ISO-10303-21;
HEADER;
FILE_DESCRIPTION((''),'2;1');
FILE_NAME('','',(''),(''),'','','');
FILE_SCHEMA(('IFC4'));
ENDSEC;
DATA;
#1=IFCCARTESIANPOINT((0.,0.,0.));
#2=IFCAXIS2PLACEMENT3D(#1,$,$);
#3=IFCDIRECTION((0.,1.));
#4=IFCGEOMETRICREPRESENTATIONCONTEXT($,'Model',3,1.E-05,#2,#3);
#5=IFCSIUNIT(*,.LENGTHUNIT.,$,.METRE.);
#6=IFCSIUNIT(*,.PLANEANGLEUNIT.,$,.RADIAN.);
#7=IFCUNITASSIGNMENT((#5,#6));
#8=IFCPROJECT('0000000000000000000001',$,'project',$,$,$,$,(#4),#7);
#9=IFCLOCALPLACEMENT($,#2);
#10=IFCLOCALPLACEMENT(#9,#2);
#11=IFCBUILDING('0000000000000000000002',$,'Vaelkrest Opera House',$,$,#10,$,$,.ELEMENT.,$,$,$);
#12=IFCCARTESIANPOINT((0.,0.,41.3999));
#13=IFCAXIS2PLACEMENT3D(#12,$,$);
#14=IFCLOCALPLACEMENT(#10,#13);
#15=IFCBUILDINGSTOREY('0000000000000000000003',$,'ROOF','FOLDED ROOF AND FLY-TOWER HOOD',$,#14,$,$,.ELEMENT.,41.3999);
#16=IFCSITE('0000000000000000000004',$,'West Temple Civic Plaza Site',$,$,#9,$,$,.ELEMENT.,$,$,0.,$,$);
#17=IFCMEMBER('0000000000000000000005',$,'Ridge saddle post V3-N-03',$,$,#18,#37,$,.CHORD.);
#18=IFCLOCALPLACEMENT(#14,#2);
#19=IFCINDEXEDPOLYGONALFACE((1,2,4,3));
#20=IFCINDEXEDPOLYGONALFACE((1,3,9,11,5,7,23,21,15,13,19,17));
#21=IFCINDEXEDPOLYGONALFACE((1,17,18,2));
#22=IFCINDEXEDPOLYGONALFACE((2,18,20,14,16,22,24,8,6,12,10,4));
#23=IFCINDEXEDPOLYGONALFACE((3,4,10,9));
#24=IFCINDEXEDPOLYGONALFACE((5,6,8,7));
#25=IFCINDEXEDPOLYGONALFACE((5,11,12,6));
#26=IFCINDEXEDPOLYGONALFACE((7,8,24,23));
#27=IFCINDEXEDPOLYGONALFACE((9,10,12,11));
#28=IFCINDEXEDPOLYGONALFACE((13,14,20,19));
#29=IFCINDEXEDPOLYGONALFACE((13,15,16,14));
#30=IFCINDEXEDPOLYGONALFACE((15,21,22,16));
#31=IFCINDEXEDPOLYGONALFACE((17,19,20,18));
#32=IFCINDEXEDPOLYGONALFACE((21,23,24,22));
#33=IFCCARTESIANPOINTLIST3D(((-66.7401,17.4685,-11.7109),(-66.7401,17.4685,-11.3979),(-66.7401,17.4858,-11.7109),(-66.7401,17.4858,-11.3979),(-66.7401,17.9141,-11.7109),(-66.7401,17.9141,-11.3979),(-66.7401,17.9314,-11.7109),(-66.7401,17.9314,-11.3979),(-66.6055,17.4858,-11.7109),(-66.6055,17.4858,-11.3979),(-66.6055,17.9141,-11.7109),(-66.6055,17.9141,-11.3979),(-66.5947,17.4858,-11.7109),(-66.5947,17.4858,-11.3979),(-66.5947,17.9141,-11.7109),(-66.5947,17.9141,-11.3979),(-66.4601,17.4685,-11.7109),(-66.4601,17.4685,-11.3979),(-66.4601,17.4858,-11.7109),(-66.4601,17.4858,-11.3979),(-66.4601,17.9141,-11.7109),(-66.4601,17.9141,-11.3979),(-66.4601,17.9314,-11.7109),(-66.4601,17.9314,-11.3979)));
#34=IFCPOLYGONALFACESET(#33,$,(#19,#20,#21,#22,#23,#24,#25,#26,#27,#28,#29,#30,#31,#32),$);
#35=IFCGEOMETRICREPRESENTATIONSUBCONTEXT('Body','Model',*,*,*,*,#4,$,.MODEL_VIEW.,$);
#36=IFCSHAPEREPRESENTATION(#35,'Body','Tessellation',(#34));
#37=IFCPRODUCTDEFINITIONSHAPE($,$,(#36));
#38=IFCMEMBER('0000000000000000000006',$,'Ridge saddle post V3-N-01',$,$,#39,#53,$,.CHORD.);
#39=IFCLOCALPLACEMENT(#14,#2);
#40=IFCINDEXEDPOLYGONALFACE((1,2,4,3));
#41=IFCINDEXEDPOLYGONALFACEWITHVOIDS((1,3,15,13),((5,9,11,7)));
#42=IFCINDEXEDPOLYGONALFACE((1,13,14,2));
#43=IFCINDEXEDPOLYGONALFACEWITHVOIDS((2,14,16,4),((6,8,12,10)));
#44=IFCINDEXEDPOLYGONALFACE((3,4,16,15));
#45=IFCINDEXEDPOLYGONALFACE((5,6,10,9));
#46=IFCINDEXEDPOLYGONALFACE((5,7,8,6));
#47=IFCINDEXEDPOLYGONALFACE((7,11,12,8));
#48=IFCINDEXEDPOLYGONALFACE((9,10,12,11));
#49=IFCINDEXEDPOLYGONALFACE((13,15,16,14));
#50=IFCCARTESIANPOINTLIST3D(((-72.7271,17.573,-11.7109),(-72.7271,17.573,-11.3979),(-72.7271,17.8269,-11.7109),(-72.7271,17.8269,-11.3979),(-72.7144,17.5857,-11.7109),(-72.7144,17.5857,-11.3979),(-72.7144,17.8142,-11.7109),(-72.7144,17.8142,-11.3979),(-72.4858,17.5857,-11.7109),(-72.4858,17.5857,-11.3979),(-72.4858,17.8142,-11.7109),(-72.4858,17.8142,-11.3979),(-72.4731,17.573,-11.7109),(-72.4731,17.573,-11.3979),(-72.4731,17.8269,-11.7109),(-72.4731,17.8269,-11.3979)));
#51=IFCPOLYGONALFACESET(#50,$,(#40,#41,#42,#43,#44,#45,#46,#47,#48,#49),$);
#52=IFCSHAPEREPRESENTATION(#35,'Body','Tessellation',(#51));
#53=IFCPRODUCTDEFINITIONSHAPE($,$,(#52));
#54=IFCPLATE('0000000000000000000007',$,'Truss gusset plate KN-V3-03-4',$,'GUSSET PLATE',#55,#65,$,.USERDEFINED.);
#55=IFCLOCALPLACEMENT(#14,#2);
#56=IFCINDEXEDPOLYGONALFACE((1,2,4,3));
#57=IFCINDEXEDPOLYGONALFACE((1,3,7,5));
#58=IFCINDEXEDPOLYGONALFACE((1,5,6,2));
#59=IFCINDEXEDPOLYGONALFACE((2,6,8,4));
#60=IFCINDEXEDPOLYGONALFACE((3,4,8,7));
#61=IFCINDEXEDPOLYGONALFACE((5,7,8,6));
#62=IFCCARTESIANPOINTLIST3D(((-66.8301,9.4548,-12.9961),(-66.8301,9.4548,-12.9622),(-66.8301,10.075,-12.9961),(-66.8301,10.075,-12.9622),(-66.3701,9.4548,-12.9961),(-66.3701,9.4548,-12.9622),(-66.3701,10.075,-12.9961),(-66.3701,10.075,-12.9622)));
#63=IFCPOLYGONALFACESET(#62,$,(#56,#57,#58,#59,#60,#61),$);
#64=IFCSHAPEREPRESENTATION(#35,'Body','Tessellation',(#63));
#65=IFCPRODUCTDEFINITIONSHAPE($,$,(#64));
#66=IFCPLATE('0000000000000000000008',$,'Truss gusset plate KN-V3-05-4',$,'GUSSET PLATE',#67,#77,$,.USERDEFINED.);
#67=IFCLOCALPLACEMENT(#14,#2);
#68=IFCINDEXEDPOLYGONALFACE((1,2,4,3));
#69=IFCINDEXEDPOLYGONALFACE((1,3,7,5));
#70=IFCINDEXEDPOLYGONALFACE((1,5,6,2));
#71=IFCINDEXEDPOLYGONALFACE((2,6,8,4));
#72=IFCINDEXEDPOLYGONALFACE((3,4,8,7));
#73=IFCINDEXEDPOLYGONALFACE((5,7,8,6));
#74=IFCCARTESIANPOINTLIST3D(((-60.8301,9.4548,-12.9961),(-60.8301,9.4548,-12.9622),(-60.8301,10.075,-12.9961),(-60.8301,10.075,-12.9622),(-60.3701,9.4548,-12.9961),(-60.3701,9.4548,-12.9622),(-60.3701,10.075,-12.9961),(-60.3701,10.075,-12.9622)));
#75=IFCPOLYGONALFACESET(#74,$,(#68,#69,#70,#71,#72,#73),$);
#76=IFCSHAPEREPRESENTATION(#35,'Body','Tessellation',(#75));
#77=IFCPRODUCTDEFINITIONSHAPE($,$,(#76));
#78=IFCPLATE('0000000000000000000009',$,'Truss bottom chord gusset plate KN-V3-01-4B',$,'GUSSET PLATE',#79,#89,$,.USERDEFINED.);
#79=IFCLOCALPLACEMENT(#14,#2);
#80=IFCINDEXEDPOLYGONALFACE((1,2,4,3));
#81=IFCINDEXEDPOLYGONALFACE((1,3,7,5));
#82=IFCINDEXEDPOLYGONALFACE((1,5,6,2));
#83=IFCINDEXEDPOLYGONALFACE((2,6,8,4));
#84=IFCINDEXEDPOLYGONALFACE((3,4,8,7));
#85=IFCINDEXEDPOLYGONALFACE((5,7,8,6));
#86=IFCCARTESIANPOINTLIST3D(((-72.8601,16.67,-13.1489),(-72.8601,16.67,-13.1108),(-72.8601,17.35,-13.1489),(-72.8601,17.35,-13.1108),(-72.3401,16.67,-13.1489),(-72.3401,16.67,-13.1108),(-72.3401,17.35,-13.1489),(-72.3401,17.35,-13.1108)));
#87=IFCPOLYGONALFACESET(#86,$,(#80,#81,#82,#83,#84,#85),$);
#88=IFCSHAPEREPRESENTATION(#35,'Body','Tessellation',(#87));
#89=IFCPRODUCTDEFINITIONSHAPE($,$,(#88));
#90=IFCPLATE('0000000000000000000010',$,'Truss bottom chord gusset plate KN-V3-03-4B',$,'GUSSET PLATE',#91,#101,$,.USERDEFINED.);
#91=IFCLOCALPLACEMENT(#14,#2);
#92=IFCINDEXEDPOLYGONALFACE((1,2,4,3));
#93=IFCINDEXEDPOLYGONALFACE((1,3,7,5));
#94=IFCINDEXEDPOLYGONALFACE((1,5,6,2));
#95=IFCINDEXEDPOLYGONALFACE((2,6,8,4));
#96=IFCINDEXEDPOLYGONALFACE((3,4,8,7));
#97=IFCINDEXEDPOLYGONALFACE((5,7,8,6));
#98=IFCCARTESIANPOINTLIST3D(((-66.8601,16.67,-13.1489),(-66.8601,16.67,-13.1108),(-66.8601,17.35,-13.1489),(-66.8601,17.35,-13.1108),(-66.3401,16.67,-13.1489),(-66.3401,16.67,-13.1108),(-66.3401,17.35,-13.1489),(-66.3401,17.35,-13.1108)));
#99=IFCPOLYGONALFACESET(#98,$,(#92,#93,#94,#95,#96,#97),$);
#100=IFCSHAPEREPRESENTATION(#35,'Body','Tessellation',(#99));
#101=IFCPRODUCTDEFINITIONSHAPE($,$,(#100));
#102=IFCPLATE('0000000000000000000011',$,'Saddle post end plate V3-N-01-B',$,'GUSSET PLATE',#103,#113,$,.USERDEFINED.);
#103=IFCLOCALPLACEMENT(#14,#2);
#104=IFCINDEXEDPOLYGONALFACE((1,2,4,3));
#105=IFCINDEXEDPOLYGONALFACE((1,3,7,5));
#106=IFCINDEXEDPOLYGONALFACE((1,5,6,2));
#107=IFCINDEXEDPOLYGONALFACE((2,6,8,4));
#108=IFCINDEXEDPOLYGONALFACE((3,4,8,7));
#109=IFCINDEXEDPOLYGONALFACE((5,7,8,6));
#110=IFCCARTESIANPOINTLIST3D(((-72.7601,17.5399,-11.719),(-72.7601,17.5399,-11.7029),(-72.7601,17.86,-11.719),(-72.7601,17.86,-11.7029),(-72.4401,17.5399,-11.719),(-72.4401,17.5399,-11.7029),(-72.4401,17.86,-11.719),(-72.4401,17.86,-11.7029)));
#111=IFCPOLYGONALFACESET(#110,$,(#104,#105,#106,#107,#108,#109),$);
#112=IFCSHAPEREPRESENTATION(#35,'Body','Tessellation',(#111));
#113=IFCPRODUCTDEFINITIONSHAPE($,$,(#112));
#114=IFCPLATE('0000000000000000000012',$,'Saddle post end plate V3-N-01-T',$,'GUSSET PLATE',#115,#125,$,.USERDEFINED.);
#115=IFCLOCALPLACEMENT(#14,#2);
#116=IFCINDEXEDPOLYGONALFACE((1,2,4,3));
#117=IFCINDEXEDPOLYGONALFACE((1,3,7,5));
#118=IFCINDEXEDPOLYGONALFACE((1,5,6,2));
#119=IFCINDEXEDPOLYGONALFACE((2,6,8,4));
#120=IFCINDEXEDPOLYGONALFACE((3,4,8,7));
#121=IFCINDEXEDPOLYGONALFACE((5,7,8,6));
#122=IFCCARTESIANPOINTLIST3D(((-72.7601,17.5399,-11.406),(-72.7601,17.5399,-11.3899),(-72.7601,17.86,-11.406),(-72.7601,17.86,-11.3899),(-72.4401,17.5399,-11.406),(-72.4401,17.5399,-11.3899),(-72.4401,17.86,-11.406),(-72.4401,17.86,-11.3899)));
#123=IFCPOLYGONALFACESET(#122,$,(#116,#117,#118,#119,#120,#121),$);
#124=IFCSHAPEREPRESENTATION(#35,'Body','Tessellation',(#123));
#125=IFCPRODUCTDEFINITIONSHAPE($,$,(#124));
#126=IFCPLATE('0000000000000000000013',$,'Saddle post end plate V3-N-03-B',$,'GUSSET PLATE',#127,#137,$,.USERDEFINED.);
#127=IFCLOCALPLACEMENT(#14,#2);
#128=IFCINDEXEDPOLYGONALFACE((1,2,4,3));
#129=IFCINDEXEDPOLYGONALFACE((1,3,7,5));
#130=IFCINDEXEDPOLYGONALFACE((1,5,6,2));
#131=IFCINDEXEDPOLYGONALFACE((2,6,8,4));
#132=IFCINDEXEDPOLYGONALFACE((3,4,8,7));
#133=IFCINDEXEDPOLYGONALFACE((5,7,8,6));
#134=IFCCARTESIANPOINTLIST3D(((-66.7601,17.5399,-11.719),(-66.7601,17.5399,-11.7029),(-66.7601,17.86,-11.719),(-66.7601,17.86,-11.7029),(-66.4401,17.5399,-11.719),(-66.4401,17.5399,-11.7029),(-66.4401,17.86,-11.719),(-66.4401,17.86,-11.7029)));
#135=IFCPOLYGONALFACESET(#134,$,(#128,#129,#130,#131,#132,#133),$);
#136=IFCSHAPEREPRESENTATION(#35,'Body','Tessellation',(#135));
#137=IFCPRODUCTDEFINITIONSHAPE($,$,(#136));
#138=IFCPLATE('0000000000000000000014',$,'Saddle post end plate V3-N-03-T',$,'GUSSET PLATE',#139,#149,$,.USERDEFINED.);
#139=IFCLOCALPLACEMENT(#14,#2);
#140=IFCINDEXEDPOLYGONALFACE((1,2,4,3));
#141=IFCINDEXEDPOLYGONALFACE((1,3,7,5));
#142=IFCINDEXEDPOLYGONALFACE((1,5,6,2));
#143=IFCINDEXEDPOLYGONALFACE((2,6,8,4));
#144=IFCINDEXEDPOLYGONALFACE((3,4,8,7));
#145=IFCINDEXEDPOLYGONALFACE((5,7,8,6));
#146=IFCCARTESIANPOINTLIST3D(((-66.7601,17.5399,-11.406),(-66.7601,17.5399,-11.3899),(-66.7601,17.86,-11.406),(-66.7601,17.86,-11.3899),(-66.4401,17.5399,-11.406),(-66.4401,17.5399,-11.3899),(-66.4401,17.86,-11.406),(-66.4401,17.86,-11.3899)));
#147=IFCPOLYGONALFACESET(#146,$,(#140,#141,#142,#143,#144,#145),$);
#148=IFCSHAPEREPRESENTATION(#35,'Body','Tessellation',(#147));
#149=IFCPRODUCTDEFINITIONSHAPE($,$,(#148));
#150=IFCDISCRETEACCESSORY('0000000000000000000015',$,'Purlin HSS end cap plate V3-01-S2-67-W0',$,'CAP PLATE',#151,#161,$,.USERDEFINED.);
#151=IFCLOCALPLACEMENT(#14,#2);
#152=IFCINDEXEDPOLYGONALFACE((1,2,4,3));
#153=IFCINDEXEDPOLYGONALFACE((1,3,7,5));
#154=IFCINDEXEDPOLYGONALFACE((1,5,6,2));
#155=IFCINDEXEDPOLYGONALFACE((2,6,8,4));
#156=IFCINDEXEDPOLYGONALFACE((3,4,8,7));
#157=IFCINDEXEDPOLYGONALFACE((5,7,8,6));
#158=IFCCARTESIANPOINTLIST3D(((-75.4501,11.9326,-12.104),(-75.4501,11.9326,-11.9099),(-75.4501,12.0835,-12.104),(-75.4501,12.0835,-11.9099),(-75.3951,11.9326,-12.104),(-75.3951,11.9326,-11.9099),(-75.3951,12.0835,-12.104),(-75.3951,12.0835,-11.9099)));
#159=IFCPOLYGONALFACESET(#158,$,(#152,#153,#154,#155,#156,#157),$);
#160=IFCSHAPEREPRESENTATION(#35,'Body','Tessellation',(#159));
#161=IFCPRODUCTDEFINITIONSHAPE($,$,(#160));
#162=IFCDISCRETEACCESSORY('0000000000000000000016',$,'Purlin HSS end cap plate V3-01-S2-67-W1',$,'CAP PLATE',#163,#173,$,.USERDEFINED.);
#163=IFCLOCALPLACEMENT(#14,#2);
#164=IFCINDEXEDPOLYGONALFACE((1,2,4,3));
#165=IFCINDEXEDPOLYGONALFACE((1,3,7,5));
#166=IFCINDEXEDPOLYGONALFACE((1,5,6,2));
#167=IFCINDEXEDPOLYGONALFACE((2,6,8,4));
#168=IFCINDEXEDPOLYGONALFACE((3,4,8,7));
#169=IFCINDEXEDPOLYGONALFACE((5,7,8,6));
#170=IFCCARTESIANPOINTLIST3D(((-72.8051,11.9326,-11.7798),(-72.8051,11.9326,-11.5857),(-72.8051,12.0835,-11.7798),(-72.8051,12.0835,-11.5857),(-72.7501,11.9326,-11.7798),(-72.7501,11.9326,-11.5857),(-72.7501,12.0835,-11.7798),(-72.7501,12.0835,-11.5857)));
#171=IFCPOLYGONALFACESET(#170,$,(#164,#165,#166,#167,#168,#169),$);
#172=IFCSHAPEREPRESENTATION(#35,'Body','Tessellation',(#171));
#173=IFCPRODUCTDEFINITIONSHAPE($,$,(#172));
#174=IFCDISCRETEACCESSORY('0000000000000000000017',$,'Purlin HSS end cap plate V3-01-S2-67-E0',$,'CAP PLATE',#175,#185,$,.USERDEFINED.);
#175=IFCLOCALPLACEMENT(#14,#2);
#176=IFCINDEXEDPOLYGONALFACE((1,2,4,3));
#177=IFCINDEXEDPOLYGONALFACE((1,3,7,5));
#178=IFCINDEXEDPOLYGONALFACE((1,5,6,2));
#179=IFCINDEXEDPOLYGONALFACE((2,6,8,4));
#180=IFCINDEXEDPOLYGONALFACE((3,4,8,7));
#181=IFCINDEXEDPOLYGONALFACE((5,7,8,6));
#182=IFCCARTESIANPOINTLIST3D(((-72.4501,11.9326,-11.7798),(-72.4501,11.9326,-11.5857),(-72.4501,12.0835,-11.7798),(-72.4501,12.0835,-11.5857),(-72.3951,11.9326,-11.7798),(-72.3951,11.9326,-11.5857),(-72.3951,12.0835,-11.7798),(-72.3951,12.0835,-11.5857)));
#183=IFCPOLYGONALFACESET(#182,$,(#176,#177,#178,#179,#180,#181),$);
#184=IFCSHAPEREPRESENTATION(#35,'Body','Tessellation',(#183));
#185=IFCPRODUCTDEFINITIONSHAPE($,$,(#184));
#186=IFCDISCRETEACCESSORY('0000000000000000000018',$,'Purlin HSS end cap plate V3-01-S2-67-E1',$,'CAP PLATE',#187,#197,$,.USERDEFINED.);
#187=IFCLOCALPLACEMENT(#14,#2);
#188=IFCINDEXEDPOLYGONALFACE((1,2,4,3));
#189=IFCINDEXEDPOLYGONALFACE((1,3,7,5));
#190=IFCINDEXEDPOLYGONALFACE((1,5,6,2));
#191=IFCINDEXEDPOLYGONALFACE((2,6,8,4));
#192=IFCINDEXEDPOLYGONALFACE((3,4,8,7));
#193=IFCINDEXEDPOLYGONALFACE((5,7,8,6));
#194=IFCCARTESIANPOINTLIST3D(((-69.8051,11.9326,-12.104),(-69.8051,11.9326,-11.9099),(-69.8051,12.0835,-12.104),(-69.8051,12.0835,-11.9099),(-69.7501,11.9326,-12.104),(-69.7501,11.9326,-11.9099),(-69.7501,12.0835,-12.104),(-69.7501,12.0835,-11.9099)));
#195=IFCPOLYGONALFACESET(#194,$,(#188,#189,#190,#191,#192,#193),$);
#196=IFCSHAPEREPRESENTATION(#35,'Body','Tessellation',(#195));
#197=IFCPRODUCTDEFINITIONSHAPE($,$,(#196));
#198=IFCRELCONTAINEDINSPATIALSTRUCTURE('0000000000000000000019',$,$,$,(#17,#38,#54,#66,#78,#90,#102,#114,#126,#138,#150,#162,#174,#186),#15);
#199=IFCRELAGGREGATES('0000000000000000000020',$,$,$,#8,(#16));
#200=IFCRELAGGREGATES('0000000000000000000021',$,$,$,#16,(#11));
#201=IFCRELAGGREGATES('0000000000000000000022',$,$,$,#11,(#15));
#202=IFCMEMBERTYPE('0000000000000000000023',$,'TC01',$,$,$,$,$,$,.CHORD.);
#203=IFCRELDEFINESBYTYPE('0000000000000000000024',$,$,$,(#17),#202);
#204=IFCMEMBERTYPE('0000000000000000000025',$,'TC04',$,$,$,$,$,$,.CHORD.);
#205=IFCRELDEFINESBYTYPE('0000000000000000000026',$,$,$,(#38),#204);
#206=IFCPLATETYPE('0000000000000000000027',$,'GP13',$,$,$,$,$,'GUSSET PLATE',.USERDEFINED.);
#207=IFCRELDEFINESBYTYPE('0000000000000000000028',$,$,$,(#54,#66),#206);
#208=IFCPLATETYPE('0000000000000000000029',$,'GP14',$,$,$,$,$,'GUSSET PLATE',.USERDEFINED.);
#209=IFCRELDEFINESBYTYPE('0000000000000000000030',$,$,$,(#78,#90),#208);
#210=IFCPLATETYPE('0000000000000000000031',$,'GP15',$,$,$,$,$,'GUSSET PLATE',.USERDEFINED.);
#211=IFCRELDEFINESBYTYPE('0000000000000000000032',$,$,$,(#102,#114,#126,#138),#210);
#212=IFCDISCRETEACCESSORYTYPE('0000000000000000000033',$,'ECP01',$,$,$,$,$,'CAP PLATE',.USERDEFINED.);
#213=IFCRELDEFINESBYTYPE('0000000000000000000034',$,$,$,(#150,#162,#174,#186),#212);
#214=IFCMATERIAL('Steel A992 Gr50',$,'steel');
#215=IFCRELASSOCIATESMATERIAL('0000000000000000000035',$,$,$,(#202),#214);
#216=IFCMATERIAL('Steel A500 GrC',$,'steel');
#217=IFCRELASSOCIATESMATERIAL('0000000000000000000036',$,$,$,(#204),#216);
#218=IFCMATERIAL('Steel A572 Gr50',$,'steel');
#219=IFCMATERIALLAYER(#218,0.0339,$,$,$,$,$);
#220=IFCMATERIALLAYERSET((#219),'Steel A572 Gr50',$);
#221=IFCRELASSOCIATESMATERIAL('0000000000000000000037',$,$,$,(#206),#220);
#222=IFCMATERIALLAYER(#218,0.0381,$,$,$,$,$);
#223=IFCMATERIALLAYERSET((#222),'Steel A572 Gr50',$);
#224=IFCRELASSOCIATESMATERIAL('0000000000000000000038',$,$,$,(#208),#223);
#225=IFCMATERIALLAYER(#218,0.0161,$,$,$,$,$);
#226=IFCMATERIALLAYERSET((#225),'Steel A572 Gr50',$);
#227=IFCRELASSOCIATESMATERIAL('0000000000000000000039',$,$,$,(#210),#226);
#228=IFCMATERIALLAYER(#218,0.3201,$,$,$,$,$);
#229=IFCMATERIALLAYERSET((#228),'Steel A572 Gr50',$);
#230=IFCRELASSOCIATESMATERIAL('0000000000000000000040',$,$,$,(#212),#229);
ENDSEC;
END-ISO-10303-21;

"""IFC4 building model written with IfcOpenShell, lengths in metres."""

from ifc_helpers import new_model, si_unit, direction, frame, origin, origin_2d, place, context, subcontext, project, spatial, rectangle, hollow_rectangle, i_section, extrude, material, layer, layer_set, material_profile, profile_set, type_object, element, save


model = new_model("IFC4")

# Units and contexts
model_context = context("Model", 3, precision=1e-05, world=origin(), true_north=direction((0.0, 1.0)))
body_context = subcontext(model_context, "Body", "Model", "MODEL_VIEW")
ifc_project = project(units=[si_unit("LENGTHUNIT", "METRE"), si_unit("PLANEANGLEUNIT", "RADIAN")], contexts=[model_context])

# Site, building, storey
site_placement = place(None, origin())
site = spatial("IfcSite", under=ifc_project, at=site_placement, Name="West Temple Civic Plaza Site", CompositionType="ELEMENT", RefElevation=0.0)
building_placement = place(site_placement, origin())
building = spatial("IfcBuilding", under=site, at=building_placement, Name="Vaelkrest Opera House", CompositionType="ELEMENT")
storey_placement = place(building_placement, frame((0.0, 0.0, 41.3999)))
storey = spatial("IfcBuildingStorey", under=building, at=storey_placement, Name="ROOF", Description="FOLDED ROOF AND FLY-TOWER HOOD", CompositionType="ELEMENT", Elevation=41.3999)

# Members
ifc_material_1 = material(Name="Steel A500 GrC", Category="steel")
ifc_material_2 = material(Name="Steel A992 Gr50", Category="steel")
ifc_material_profile_1 = material_profile(ifc_material_2, i_section(OverallWidth=0.28, OverallDepth=0.4629, WebThickness=0.0107, FlangeThickness=0.0173, at=origin_2d()), Name="W18X76")
ifc_profile_set_1 = profile_set([ifc_material_profile_1], Name="Steel A992 Gr50")
member_type_1 = type_object("IfcMemberType", Name="TC01", PredefinedType="CHORD", material=ifc_profile_set_1)
member_1_placement = place(storey_placement, frame((-66.6001, 17.7, -11.7109), z_axis=(0.0, 0.0, 1.0), x_axis=(1.0, 0.0, 0.0)))
element("IfcMember", 1, at=member_1_placement, inside=storey, type_object=member_type_1, Name="Ridge saddle post V3-N-03", PredefinedType="CHORD", context=body_context, shape_type="SweptSolid", body=[
    extrude(i_section(OverallWidth=0.28, OverallDepth=0.4629, WebThickness=0.0107, FlangeThickness=0.0173, at=origin_2d()), origin(), (0.0, 0.0, 1.0), 0.313),
])
ifc_material_profile_2 = material_profile(ifc_material_1, hollow_rectangle(XDim=0.2539, YDim=0.2539, WallThickness=0.0127, at=origin_2d()), Name="HSS254X254X12.7")
ifc_profile_set_2 = profile_set([ifc_material_profile_2], Name="Steel A500 GrC")
member_type_2 = type_object("IfcMemberType", Name="TC04", PredefinedType="CHORD", material=ifc_profile_set_2)
member_2_placement = place(storey_placement, frame((-72.6001, 17.7, -11.7109), z_axis=(0.0, 0.0, 1.0), x_axis=(1.0, 0.0, 0.0)))
element("IfcMember", 2, at=member_2_placement, inside=storey, type_object=member_type_2, Name="Ridge saddle post V3-N-01", PredefinedType="CHORD", context=body_context, shape_type="SweptSolid", body=[
    extrude(hollow_rectangle(XDim=0.2539, YDim=0.2539, WallThickness=0.0127, at=origin_2d()), origin(), (0.0, 0.0, 1.0), 0.313),
])

# Plates
ifc_material_3 = material(Name="Steel A572 Gr50", Category="steel")
ifc_layer_1 = layer(ifc_material_3, 0.0339)
ifc_layer_set_1 = layer_set([ifc_layer_1], Name="Steel A572 Gr50")
plate_type_1 = type_object("IfcPlateType", Name="GP13", ElementType="GUSSET PLATE", PredefinedType="USERDEFINED", material=ifc_layer_set_1)
for number, where, z_axis, x_axis, name in (
    (3, (-66.6001, 9.7649, -12.9961), (0.0, 0.0, 1.0), (0.0, 1.0, 0.0), "Truss gusset plate KN-V3-03-4"),
    (4, (-60.6001, 9.7649, -12.9961), (0.0, 0.0, 1.0), (0.0, 1.0, 0.0), "Truss gusset plate KN-V3-05-4"),
):
    element("IfcPlate", number, at=place(storey_placement, frame(where, z_axis=z_axis, x_axis=x_axis)), inside=storey, type_object=plate_type_1, Name=name, ObjectType="GUSSET PLATE", PredefinedType="USERDEFINED", context=body_context, shape_type="SweptSolid", body=[
        extrude(rectangle(XDim=0.6201, YDim=0.46, at=origin_2d()), origin(), (0.0, 0.0, 1.0), 0.0339),
    ])
ifc_layer_2 = layer(ifc_material_3, 0.0381)
ifc_layer_set_2 = layer_set([ifc_layer_2], Name="Steel A572 Gr50")
plate_type_2 = type_object("IfcPlateType", Name="GP14", ElementType="GUSSET PLATE", PredefinedType="USERDEFINED", material=ifc_layer_set_2)
for number, where, z_axis, x_axis, name in (
    (5, (-72.6001, 17.01, -13.1489), (0.0, 0.0, 1.0), (0.0, 1.0, 0.0), "Truss bottom chord gusset plate KN-V3-01-4B"),
    (6, (-66.6001, 17.01, -13.1489), (0.0, 0.0, 1.0), (0.0, 1.0, 0.0), "Truss bottom chord gusset plate KN-V3-03-4B"),
):
    element("IfcPlate", number, at=place(storey_placement, frame(where, z_axis=z_axis, x_axis=x_axis)), inside=storey, type_object=plate_type_2, Name=name, ObjectType="GUSSET PLATE", PredefinedType="USERDEFINED", context=body_context, shape_type="SweptSolid", body=[
        extrude(rectangle(XDim=0.6799, YDim=0.52, at=origin_2d()), origin(), (0.0, 0.0, 1.0), 0.0381),
    ])
ifc_layer_3 = layer(ifc_material_3, 0.0161)
ifc_layer_set_3 = layer_set([ifc_layer_3], Name="Steel A572 Gr50")
plate_type_3 = type_object("IfcPlateType", Name="GP15", ElementType="GUSSET PLATE", PredefinedType="USERDEFINED", material=ifc_layer_set_3)
for number, where, z_axis, x_axis, name in (
    (7, (-72.6001, 17.7, -11.719), (0.0, 0.0, 1.0), (1.0, 0.0, 0.0), "Saddle post end plate V3-N-01-B"),
    (8, (-72.6001, 17.7, -11.406), (0.0, 0.0, 1.0), (1.0, 0.0, 0.0), "Saddle post end plate V3-N-01-T"),
    (9, (-66.6001, 17.7, -11.719), (0.0, 0.0, 1.0), (1.0, 0.0, 0.0), "Saddle post end plate V3-N-03-B"),
    (10, (-66.6001, 17.7, -11.406), (0.0, 0.0, 1.0), (1.0, 0.0, 0.0), "Saddle post end plate V3-N-03-T"),
):
    element("IfcPlate", number, at=place(storey_placement, frame(where, z_axis=z_axis, x_axis=x_axis)), inside=storey, type_object=plate_type_3, Name=name, ObjectType="GUSSET PLATE", PredefinedType="USERDEFINED", context=body_context, shape_type="SweptSolid", body=[
        extrude(rectangle(XDim=0.3201, YDim=0.3201, at=origin_2d()), origin(), (0.0, 0.0, 1.0), 0.0161),
    ])

# Discrete accessories
ifc_layer_4 = layer(ifc_material_3, 0.3201)
ifc_layer_set_4 = layer_set([ifc_layer_4], Name="Steel A572 Gr50")
discrete_accessory_type = type_object("IfcDiscreteAccessoryType", Name="ECP01", ElementType="CAP PLATE", PredefinedType="USERDEFINED", material=ifc_layer_set_4)
for number, where, z_axis, x_axis, name in (
    (11, (-75.4226, 12.0081, -12.104), (0.0, 0.0, 1.0), (1.0, 0.0, 0.0), "Purlin HSS end cap plate V3-01-S2-67-W0"),
    (12, (-72.7776, 12.0081, -11.7798), (0.0, 0.0, 1.0), (1.0, 0.0, 0.0), "Purlin HSS end cap plate V3-01-S2-67-W1"),
    (13, (-72.4226, 12.0081, -11.7798), (0.0, 0.0, 1.0), (1.0, 0.0, 0.0), "Purlin HSS end cap plate V3-01-S2-67-E0"),
    (14, (-69.7776, 12.0081, -12.104), (0.0, 0.0, 1.0), (1.0, 0.0, 0.0), "Purlin HSS end cap plate V3-01-S2-67-E1"),
):
    element("IfcDiscreteAccessory", number, at=place(storey_placement, frame(where, z_axis=z_axis, x_axis=x_axis)), inside=storey, type_object=discrete_accessory_type, Name=name, ObjectType="CAP PLATE", PredefinedType="USERDEFINED", context=body_context, shape_type="SweptSolid", body=[
        extrude(rectangle(XDim=0.0549, YDim=0.1509, at=origin_2d()), origin(), (0.0, 0.0, 1.0), 0.1941),
    ])

save(model, "model.ifc")
